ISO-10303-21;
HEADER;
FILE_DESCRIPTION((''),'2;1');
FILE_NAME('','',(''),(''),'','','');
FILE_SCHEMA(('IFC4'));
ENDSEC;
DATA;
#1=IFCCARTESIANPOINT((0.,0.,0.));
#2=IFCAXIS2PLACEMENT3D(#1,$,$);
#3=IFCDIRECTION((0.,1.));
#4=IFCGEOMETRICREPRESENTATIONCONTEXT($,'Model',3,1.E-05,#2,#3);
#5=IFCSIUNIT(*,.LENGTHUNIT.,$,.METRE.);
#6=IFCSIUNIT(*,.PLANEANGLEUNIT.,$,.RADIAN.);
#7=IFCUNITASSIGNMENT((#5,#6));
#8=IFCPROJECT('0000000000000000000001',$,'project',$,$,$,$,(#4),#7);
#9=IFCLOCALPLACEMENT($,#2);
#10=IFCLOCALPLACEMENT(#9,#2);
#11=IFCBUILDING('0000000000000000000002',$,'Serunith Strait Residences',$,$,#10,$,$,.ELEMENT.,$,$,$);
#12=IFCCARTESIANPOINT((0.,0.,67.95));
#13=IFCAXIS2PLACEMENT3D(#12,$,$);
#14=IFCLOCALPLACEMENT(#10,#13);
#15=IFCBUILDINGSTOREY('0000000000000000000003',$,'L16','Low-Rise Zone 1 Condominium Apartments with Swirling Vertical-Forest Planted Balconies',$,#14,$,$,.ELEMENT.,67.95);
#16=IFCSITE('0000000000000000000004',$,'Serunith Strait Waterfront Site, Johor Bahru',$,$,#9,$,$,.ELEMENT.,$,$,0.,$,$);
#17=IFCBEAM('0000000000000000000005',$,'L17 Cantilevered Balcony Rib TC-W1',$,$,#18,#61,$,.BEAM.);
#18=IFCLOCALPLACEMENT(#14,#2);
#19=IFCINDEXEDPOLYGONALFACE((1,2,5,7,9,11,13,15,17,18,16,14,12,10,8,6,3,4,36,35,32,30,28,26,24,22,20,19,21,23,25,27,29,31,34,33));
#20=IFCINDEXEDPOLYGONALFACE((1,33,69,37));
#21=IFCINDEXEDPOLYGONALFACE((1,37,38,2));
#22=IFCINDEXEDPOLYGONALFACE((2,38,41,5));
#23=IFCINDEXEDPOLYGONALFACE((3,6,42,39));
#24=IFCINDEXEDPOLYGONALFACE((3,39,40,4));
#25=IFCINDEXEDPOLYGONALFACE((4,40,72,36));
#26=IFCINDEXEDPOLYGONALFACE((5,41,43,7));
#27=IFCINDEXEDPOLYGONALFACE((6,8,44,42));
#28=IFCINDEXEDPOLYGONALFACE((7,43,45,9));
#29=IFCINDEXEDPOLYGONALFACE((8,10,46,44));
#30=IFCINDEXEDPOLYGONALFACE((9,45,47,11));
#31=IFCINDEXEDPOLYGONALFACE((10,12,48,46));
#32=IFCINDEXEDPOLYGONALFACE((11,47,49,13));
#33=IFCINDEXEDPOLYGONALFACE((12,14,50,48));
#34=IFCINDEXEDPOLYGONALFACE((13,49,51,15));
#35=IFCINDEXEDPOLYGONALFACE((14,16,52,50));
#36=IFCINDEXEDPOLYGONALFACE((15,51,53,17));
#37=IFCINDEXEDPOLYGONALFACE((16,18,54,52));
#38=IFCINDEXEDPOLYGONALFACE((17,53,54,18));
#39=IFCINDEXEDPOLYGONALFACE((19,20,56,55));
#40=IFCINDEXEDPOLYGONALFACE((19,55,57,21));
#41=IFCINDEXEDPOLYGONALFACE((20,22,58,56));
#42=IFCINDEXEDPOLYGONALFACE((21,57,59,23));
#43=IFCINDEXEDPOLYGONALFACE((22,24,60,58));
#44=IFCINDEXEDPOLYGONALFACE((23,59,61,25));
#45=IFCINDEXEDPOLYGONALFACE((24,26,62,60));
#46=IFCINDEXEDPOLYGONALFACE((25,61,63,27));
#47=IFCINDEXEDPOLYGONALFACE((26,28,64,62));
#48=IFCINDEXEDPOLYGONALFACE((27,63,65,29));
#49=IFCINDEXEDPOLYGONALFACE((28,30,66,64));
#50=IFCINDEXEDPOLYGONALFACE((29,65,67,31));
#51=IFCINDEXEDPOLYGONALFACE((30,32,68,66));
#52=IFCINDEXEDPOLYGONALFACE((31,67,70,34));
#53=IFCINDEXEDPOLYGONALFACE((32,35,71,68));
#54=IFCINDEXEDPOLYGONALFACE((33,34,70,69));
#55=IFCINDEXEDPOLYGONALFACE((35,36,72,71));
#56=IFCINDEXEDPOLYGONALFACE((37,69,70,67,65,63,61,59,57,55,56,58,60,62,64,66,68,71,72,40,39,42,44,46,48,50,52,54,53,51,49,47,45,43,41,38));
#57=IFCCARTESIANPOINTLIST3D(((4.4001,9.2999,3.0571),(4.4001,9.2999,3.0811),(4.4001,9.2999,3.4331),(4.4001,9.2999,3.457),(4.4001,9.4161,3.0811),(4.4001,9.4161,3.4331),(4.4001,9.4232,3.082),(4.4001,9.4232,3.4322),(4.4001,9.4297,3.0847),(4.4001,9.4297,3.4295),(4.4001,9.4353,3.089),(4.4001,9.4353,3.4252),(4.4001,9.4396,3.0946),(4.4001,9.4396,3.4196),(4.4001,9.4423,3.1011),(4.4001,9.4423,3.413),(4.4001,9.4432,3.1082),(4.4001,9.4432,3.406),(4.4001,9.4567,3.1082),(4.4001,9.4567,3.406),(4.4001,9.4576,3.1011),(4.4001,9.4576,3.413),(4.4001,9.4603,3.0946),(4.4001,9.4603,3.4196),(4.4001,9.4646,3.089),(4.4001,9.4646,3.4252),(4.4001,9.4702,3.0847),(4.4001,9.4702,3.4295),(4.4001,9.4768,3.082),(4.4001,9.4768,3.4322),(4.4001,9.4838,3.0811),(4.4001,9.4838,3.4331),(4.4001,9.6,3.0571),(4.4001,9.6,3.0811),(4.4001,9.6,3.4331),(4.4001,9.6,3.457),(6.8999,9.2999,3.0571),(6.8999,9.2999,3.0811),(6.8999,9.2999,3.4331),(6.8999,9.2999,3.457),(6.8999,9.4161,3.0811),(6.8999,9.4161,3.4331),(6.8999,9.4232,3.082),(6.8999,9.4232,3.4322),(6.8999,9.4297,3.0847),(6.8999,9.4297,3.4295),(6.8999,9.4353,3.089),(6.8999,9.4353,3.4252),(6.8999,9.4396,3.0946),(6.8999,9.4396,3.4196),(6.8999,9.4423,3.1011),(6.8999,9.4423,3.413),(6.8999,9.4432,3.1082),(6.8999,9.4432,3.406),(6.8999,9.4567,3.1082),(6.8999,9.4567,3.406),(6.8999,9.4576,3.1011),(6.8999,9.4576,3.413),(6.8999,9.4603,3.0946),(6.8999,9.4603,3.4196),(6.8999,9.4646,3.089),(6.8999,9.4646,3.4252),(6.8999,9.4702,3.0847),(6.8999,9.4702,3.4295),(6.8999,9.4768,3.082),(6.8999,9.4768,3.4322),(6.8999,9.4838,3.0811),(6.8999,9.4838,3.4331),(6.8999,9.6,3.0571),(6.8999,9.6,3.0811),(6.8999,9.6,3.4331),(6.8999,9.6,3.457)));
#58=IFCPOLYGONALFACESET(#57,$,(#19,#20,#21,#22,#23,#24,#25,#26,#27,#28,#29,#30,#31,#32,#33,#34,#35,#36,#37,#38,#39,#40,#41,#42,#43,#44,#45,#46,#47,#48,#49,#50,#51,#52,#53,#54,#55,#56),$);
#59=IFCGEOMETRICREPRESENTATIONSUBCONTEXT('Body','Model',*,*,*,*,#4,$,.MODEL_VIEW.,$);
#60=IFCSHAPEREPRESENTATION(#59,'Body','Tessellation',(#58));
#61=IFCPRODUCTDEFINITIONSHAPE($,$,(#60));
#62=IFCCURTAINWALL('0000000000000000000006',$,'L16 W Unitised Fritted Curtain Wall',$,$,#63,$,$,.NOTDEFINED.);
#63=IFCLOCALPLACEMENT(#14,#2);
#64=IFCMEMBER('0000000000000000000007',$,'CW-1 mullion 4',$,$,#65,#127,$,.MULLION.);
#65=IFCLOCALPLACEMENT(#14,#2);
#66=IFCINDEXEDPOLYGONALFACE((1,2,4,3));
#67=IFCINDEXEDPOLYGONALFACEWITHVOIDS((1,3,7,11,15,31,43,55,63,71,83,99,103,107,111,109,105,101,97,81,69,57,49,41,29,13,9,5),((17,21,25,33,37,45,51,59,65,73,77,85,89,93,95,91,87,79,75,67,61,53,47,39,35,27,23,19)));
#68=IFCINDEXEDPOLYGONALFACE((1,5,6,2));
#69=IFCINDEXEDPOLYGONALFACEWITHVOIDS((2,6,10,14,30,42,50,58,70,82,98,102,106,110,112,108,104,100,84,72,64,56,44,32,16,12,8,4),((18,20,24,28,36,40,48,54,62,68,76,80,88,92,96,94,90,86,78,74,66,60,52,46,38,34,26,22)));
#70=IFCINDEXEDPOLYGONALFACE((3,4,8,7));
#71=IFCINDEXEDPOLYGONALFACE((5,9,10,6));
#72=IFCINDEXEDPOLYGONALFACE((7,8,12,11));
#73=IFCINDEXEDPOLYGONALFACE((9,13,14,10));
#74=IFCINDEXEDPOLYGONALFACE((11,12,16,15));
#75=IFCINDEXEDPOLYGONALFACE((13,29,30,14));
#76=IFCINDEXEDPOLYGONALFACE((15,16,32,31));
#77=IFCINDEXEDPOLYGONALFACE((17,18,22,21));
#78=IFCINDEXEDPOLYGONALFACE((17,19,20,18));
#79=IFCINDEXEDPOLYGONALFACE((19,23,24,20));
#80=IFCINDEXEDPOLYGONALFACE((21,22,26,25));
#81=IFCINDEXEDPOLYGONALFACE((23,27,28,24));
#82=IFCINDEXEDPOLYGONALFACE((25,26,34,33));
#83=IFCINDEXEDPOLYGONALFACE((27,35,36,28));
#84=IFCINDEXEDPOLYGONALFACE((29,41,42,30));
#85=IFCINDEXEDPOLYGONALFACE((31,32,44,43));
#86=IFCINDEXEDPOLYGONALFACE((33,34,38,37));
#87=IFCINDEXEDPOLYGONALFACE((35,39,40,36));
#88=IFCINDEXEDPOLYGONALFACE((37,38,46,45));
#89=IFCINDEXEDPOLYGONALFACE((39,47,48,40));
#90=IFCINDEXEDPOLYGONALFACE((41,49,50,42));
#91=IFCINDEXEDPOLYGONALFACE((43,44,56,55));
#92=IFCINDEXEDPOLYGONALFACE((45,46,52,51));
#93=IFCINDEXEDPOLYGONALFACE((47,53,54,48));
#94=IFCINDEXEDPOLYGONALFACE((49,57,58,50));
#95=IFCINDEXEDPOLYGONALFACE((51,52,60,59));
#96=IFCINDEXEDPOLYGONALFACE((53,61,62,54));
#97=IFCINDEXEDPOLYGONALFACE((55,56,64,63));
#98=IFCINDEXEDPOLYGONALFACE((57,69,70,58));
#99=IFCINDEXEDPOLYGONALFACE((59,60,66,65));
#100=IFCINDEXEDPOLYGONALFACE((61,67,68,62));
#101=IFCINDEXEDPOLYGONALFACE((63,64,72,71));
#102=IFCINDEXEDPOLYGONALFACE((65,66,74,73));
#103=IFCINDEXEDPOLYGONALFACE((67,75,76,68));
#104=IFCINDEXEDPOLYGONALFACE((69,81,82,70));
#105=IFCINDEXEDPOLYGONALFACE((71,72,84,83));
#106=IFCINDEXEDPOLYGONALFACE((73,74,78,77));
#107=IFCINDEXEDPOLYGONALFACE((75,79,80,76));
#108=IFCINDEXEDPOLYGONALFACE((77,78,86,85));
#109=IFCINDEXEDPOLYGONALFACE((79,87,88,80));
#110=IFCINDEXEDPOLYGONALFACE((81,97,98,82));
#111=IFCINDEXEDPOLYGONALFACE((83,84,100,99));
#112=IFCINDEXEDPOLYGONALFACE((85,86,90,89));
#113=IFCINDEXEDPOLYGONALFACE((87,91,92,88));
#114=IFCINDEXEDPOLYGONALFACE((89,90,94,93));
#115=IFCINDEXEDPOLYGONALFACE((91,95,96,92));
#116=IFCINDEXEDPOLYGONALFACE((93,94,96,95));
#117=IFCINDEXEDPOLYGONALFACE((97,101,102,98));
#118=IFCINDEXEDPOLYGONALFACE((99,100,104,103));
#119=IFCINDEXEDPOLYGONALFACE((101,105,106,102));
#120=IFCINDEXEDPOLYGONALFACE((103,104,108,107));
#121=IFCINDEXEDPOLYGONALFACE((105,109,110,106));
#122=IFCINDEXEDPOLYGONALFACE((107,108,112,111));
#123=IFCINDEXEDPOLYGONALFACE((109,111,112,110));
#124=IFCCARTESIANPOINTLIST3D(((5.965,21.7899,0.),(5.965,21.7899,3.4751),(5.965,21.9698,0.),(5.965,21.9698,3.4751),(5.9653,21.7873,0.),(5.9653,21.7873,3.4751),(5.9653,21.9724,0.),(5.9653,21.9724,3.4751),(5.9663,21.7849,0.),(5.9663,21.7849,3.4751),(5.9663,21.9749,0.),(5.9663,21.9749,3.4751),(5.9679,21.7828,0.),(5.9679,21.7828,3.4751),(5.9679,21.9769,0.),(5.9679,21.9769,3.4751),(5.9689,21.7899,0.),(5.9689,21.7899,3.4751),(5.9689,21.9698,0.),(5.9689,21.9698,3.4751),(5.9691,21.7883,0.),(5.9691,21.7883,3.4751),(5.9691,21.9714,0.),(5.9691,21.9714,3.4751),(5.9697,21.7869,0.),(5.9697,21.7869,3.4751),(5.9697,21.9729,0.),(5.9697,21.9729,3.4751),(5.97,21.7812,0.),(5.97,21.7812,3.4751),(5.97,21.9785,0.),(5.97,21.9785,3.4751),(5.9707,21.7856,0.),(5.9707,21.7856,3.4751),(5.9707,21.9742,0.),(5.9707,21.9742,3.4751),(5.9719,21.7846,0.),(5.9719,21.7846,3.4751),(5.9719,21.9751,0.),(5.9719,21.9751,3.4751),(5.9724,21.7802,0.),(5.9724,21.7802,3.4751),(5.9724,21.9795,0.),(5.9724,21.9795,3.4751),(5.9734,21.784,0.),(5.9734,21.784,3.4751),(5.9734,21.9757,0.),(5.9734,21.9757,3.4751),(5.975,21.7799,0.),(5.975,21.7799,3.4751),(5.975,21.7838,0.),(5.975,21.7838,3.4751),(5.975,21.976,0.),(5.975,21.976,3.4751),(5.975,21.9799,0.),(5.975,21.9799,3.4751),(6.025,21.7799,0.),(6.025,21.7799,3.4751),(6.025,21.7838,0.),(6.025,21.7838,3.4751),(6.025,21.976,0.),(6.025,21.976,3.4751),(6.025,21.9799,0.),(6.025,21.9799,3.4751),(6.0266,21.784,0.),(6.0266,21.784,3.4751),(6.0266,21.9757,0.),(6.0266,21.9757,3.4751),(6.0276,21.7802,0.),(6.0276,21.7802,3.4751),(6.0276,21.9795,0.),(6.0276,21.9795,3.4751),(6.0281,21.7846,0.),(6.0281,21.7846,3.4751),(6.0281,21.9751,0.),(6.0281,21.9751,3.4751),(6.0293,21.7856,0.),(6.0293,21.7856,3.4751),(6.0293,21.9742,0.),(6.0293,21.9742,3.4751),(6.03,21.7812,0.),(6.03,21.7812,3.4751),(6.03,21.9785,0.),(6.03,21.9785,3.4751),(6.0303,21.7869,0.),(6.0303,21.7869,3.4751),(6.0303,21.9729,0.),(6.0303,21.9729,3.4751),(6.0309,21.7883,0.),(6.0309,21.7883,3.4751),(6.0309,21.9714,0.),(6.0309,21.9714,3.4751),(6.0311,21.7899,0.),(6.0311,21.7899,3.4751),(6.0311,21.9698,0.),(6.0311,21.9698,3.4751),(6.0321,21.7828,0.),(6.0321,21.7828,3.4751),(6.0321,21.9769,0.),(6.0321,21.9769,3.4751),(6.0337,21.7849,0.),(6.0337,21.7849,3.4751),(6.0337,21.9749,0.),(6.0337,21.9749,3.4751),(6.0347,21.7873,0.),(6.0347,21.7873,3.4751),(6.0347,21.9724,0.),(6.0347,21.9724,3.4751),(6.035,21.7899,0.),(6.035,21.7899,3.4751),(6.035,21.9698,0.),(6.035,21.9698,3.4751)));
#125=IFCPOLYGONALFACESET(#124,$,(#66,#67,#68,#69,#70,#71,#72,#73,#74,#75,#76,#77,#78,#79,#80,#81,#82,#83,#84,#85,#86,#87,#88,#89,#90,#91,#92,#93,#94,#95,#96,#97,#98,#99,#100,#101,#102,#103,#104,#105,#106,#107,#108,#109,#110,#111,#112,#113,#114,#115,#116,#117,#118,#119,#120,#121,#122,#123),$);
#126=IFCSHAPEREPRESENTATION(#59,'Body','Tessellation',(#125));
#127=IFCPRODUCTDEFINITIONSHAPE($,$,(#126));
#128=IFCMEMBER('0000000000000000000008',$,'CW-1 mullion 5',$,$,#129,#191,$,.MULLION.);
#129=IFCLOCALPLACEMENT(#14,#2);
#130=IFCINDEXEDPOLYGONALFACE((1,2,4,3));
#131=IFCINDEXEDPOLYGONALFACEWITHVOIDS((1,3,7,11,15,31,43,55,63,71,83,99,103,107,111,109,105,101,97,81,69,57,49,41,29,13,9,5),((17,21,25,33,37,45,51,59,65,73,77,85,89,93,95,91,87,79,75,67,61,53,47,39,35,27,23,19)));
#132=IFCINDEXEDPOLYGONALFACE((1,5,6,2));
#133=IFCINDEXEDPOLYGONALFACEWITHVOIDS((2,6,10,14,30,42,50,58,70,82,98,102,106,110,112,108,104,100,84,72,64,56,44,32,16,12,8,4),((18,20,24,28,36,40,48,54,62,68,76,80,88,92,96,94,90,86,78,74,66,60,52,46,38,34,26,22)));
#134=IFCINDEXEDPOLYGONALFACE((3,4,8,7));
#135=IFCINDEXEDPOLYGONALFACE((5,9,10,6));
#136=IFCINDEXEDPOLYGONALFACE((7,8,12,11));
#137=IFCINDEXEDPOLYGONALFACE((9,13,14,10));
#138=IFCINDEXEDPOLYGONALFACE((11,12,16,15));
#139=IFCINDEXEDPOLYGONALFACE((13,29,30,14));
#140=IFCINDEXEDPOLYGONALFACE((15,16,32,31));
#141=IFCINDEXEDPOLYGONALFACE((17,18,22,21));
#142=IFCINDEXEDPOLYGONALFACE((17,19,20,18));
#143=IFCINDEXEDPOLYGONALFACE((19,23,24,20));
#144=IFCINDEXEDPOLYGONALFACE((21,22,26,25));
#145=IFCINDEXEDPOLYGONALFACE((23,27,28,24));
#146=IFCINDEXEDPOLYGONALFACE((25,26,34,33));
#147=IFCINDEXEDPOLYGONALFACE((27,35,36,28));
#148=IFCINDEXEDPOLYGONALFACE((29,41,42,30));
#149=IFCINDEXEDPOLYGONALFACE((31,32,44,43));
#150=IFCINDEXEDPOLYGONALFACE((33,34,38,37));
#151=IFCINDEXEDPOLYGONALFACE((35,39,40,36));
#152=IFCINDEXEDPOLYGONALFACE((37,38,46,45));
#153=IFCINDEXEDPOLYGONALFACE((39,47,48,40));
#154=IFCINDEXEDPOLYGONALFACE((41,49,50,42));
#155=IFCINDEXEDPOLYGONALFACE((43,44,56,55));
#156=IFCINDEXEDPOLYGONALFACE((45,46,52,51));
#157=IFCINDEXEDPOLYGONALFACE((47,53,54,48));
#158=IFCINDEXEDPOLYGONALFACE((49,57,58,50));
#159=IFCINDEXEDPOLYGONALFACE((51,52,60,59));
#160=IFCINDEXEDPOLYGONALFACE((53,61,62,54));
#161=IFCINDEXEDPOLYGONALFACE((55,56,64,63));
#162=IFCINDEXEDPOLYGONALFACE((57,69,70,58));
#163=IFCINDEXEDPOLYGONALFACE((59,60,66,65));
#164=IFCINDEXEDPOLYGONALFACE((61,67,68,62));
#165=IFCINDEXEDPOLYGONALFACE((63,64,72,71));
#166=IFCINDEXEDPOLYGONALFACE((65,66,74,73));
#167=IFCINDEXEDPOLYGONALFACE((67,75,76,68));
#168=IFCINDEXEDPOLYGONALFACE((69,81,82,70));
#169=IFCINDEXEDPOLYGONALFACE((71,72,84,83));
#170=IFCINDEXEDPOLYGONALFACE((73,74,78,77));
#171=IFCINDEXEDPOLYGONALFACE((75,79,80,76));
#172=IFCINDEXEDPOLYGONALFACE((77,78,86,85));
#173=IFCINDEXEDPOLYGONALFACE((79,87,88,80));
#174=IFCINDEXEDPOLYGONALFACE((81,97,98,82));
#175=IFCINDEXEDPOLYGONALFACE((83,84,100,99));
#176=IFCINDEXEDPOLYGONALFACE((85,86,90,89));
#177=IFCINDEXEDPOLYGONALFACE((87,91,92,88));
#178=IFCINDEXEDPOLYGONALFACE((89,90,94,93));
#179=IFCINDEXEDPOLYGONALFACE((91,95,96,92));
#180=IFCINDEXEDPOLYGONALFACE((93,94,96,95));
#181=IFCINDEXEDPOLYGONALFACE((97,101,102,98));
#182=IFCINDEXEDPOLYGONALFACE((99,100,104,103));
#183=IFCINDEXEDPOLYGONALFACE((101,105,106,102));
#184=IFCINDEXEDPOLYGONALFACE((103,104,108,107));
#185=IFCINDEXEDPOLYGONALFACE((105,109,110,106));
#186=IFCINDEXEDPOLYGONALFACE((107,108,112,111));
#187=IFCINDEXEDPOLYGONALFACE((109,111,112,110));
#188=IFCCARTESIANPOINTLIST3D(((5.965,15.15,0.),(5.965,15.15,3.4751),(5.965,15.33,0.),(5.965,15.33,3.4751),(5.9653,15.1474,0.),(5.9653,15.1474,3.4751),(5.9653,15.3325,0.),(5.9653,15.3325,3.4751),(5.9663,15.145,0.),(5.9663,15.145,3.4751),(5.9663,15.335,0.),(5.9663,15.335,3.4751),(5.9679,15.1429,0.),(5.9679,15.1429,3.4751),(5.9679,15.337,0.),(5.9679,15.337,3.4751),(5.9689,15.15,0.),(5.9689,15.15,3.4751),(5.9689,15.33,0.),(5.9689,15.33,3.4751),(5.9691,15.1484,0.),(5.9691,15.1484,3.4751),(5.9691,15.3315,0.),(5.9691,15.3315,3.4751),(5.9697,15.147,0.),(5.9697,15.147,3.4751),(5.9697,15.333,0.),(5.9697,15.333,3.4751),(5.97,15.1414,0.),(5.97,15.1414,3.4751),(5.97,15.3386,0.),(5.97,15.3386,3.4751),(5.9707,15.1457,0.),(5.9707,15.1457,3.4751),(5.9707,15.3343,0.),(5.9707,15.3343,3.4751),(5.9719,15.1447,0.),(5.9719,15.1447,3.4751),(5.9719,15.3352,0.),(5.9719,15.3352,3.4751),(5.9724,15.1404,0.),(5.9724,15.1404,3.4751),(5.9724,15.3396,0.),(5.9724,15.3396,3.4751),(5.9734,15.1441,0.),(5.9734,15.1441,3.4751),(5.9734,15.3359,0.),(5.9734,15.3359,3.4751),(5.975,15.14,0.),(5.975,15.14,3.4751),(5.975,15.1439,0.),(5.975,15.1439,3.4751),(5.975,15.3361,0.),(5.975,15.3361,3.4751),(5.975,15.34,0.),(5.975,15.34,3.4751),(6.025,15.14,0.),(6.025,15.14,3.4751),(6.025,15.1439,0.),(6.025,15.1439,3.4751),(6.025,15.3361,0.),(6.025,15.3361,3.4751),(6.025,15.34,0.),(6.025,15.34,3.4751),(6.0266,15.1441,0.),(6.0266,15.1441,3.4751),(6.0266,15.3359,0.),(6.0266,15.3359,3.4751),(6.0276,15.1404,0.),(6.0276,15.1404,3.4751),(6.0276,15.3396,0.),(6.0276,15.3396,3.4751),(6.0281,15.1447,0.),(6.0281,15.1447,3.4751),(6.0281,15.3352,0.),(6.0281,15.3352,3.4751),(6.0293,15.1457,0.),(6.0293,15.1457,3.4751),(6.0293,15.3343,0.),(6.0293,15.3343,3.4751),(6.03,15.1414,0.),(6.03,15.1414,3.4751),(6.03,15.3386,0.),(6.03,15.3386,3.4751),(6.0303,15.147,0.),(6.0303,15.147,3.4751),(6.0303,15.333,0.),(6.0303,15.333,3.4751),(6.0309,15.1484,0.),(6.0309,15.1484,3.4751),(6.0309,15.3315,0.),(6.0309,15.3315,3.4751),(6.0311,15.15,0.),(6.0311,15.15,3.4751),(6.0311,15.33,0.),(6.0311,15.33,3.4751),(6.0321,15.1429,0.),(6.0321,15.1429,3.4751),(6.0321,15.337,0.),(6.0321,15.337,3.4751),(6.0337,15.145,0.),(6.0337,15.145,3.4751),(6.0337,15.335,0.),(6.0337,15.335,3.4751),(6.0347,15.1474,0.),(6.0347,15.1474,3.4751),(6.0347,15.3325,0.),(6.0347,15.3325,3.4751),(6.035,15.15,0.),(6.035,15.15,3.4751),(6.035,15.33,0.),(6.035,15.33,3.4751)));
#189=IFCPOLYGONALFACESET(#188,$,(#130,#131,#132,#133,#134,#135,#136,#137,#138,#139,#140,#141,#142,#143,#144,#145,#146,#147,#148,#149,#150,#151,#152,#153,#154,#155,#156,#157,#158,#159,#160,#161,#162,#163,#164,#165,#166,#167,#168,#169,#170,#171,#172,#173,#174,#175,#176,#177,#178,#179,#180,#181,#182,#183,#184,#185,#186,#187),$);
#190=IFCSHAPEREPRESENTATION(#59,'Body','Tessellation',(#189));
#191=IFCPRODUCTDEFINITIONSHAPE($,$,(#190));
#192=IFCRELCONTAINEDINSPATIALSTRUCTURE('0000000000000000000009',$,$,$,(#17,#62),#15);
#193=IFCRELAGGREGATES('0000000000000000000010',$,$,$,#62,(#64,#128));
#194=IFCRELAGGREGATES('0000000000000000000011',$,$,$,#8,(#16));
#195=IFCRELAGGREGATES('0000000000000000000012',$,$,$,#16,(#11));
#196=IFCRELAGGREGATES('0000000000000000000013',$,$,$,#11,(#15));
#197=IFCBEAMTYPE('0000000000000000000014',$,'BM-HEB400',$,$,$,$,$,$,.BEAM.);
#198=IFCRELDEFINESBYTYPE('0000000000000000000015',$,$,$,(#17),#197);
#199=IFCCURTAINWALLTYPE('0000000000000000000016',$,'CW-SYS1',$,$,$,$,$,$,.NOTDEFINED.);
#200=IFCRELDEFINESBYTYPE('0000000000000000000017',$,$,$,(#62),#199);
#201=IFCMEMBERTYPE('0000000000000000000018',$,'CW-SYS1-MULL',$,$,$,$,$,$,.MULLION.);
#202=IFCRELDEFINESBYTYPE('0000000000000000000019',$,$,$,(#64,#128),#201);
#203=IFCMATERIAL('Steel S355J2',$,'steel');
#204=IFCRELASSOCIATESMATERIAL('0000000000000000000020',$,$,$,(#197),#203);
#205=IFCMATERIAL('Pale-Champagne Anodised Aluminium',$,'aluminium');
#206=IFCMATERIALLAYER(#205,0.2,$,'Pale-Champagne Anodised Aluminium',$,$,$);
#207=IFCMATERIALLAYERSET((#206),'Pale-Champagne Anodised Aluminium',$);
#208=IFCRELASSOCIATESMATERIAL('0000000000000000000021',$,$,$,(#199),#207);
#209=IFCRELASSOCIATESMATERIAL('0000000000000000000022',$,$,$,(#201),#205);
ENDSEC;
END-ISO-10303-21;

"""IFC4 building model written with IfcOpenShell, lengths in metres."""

from ifc_helpers import new_model, si_unit, direction, frame, origin, origin_2d, place, context, subcontext, project, spatial, hollow_rectangle, i_section, extrude, source, transform, mapped, material, layer, layer_set, material_profile, profile_set, type_object, element, aggregate, save


model = new_model("IFC4")

# Units and contexts
model_context = context("Model", 3, precision=1e-05, world=origin(), true_north=direction((0.0, 1.0)))
body_context = subcontext(model_context, "Body", "Model", "MODEL_VIEW")
ifc_project = project(units=[si_unit("LENGTHUNIT", "METRE"), si_unit("PLANEANGLEUNIT", "RADIAN")], contexts=[model_context])

# Site, building, storey
site_placement = place(None, origin())
site = spatial("IfcSite", under=ifc_project, at=site_placement, Name="Serunith Strait Waterfront Site, Johor Bahru", CompositionType="ELEMENT", RefElevation=0.0)
building_placement = place(site_placement, origin())
building = spatial("IfcBuilding", under=site, at=building_placement, Name="Serunith Strait Residences", CompositionType="ELEMENT")
storey_placement = place(building_placement, frame((0.0, 0.0, 67.95)))
storey = spatial("IfcBuildingStorey", under=building, at=storey_placement, Name="L16", Description="Low-Rise Zone 1 Condominium Apartments with Swirling Vertical-Forest Planted Balconies", CompositionType="ELEMENT", Elevation=67.95)

# Beam
ifc_material_1 = material(Name="Steel S355J2", Category="steel")
ifc_material_profile_1 = material_profile(ifc_material_1, i_section(OverallWidth=0.3, OverallDepth=0.3999, WebThickness=0.0134, FlangeThickness=0.0239, FilletRadius=0.0271, at=origin_2d()), Name="HEB 400")
ifc_profile_set_1 = profile_set([ifc_material_profile_1], Name="Steel S355J2")
beam_type_1 = type_object("IfcBeamType", Name="BM-HEB400", PredefinedType="BEAM", material=ifc_profile_set_1)
shared_shape_1 = source(origin(), body_context, "Body", "SweptSolid", [
    extrude(i_section(OverallWidth=0.3, OverallDepth=0.3999, WebThickness=0.0134, FlangeThickness=0.0239, FilletRadius=0.0271, at=origin_2d()), origin(), (0.0, 0.0, 1.0), 2.4998),
])
beam_1_placement = place(storey_placement, frame((6.8999, 9.45, 3.2571), z_axis=(-1.0, 0.0, 0.0), x_axis=(0.0, -1.0, 0.0)))
element("IfcBeam", 1, at=beam_1_placement, inside=storey, type_object=beam_type_1, Name="L17 Cantilevered Balcony Rib TC-W1", PredefinedType="BEAM", context=body_context, shape_type="MappedRepresentation", body=[
    mapped(shared_shape_1, transform((0.0, 0.0, 0.0), scale=1.0)),
])

# Curtain wall, members
ifc_material_2 = material(Name="Pale-Champagne Anodised Aluminium", Category="aluminium")
ifc_layer_1 = layer(ifc_material_2, 0.2, Name="Pale-Champagne Anodised Aluminium")
ifc_layer_set_1 = layer_set([ifc_layer_1], Name="Pale-Champagne Anodised Aluminium")
curtain_wall_type = type_object("IfcCurtainWallType", Name="CW-SYS1", PredefinedType="NOTDEFINED", material=ifc_layer_set_1)
curtain_wall_placement = place(storey_placement, origin())
curtain_wall = element("IfcCurtainWall", 2, at=curtain_wall_placement, inside=storey, type_object=curtain_wall_type, Name="L16 W Unitised Fritted Curtain Wall", PredefinedType="NOTDEFINED")
ifc_material_profile_2 = material_profile(ifc_material_2, hollow_rectangle(XDim=0.0701, YDim=0.2, WallThickness=0.0039, InnerFilletRadius=0.0061, OuterFilletRadius=0.01, at=origin_2d()), Name="ALU 200x70x4")
ifc_profile_set_2 = profile_set([ifc_material_profile_2], Name="Pale-Champagne Anodised Aluminium")
member_type_1 = type_object("IfcMemberType", Name="CW-SYS1-MULL", PredefinedType="MULLION", material=ifc_profile_set_2)
shared_shape_2 = source(origin(), body_context, "Body", "SweptSolid", [
    extrude(hollow_rectangle(XDim=0.0701, YDim=0.2, WallThickness=0.0039, InnerFilletRadius=0.0061, OuterFilletRadius=0.01, at=origin_2d()), origin(), (0.0, 0.0, 1.0), 3.4751),
])
member_1_placement = place(storey_placement, frame((6.0, 21.8799, 0.0), z_axis=(0.0, 0.0, 1.0), x_axis=(1.0, 0.0, 0.0)))
member_1 = element("IfcMember", 3, at=member_1_placement, type_object=member_type_1, Name="CW-1 mullion 4", PredefinedType="MULLION", context=body_context, shape_type="MappedRepresentation", body=[
    mapped(shared_shape_2, transform((0.0, 0.0, 0.0), scale=1.0)),
])
member_2_placement = place(storey_placement, frame((6.0, 15.24, 0.0), z_axis=(0.0, 0.0, 1.0), x_axis=(1.0, 0.0, 0.0)))
member_2 = element("IfcMember", 4, at=member_2_placement, type_object=member_type_1, Name="CW-1 mullion 5", PredefinedType="MULLION", context=body_context, shape_type="MappedRepresentation", body=[
    mapped(shared_shape_2, transform((0.0, 0.0, 0.0), scale=1.0)),
])
aggregate(curtain_wall, [member_1, member_2])

save(model, "model.ifc")
